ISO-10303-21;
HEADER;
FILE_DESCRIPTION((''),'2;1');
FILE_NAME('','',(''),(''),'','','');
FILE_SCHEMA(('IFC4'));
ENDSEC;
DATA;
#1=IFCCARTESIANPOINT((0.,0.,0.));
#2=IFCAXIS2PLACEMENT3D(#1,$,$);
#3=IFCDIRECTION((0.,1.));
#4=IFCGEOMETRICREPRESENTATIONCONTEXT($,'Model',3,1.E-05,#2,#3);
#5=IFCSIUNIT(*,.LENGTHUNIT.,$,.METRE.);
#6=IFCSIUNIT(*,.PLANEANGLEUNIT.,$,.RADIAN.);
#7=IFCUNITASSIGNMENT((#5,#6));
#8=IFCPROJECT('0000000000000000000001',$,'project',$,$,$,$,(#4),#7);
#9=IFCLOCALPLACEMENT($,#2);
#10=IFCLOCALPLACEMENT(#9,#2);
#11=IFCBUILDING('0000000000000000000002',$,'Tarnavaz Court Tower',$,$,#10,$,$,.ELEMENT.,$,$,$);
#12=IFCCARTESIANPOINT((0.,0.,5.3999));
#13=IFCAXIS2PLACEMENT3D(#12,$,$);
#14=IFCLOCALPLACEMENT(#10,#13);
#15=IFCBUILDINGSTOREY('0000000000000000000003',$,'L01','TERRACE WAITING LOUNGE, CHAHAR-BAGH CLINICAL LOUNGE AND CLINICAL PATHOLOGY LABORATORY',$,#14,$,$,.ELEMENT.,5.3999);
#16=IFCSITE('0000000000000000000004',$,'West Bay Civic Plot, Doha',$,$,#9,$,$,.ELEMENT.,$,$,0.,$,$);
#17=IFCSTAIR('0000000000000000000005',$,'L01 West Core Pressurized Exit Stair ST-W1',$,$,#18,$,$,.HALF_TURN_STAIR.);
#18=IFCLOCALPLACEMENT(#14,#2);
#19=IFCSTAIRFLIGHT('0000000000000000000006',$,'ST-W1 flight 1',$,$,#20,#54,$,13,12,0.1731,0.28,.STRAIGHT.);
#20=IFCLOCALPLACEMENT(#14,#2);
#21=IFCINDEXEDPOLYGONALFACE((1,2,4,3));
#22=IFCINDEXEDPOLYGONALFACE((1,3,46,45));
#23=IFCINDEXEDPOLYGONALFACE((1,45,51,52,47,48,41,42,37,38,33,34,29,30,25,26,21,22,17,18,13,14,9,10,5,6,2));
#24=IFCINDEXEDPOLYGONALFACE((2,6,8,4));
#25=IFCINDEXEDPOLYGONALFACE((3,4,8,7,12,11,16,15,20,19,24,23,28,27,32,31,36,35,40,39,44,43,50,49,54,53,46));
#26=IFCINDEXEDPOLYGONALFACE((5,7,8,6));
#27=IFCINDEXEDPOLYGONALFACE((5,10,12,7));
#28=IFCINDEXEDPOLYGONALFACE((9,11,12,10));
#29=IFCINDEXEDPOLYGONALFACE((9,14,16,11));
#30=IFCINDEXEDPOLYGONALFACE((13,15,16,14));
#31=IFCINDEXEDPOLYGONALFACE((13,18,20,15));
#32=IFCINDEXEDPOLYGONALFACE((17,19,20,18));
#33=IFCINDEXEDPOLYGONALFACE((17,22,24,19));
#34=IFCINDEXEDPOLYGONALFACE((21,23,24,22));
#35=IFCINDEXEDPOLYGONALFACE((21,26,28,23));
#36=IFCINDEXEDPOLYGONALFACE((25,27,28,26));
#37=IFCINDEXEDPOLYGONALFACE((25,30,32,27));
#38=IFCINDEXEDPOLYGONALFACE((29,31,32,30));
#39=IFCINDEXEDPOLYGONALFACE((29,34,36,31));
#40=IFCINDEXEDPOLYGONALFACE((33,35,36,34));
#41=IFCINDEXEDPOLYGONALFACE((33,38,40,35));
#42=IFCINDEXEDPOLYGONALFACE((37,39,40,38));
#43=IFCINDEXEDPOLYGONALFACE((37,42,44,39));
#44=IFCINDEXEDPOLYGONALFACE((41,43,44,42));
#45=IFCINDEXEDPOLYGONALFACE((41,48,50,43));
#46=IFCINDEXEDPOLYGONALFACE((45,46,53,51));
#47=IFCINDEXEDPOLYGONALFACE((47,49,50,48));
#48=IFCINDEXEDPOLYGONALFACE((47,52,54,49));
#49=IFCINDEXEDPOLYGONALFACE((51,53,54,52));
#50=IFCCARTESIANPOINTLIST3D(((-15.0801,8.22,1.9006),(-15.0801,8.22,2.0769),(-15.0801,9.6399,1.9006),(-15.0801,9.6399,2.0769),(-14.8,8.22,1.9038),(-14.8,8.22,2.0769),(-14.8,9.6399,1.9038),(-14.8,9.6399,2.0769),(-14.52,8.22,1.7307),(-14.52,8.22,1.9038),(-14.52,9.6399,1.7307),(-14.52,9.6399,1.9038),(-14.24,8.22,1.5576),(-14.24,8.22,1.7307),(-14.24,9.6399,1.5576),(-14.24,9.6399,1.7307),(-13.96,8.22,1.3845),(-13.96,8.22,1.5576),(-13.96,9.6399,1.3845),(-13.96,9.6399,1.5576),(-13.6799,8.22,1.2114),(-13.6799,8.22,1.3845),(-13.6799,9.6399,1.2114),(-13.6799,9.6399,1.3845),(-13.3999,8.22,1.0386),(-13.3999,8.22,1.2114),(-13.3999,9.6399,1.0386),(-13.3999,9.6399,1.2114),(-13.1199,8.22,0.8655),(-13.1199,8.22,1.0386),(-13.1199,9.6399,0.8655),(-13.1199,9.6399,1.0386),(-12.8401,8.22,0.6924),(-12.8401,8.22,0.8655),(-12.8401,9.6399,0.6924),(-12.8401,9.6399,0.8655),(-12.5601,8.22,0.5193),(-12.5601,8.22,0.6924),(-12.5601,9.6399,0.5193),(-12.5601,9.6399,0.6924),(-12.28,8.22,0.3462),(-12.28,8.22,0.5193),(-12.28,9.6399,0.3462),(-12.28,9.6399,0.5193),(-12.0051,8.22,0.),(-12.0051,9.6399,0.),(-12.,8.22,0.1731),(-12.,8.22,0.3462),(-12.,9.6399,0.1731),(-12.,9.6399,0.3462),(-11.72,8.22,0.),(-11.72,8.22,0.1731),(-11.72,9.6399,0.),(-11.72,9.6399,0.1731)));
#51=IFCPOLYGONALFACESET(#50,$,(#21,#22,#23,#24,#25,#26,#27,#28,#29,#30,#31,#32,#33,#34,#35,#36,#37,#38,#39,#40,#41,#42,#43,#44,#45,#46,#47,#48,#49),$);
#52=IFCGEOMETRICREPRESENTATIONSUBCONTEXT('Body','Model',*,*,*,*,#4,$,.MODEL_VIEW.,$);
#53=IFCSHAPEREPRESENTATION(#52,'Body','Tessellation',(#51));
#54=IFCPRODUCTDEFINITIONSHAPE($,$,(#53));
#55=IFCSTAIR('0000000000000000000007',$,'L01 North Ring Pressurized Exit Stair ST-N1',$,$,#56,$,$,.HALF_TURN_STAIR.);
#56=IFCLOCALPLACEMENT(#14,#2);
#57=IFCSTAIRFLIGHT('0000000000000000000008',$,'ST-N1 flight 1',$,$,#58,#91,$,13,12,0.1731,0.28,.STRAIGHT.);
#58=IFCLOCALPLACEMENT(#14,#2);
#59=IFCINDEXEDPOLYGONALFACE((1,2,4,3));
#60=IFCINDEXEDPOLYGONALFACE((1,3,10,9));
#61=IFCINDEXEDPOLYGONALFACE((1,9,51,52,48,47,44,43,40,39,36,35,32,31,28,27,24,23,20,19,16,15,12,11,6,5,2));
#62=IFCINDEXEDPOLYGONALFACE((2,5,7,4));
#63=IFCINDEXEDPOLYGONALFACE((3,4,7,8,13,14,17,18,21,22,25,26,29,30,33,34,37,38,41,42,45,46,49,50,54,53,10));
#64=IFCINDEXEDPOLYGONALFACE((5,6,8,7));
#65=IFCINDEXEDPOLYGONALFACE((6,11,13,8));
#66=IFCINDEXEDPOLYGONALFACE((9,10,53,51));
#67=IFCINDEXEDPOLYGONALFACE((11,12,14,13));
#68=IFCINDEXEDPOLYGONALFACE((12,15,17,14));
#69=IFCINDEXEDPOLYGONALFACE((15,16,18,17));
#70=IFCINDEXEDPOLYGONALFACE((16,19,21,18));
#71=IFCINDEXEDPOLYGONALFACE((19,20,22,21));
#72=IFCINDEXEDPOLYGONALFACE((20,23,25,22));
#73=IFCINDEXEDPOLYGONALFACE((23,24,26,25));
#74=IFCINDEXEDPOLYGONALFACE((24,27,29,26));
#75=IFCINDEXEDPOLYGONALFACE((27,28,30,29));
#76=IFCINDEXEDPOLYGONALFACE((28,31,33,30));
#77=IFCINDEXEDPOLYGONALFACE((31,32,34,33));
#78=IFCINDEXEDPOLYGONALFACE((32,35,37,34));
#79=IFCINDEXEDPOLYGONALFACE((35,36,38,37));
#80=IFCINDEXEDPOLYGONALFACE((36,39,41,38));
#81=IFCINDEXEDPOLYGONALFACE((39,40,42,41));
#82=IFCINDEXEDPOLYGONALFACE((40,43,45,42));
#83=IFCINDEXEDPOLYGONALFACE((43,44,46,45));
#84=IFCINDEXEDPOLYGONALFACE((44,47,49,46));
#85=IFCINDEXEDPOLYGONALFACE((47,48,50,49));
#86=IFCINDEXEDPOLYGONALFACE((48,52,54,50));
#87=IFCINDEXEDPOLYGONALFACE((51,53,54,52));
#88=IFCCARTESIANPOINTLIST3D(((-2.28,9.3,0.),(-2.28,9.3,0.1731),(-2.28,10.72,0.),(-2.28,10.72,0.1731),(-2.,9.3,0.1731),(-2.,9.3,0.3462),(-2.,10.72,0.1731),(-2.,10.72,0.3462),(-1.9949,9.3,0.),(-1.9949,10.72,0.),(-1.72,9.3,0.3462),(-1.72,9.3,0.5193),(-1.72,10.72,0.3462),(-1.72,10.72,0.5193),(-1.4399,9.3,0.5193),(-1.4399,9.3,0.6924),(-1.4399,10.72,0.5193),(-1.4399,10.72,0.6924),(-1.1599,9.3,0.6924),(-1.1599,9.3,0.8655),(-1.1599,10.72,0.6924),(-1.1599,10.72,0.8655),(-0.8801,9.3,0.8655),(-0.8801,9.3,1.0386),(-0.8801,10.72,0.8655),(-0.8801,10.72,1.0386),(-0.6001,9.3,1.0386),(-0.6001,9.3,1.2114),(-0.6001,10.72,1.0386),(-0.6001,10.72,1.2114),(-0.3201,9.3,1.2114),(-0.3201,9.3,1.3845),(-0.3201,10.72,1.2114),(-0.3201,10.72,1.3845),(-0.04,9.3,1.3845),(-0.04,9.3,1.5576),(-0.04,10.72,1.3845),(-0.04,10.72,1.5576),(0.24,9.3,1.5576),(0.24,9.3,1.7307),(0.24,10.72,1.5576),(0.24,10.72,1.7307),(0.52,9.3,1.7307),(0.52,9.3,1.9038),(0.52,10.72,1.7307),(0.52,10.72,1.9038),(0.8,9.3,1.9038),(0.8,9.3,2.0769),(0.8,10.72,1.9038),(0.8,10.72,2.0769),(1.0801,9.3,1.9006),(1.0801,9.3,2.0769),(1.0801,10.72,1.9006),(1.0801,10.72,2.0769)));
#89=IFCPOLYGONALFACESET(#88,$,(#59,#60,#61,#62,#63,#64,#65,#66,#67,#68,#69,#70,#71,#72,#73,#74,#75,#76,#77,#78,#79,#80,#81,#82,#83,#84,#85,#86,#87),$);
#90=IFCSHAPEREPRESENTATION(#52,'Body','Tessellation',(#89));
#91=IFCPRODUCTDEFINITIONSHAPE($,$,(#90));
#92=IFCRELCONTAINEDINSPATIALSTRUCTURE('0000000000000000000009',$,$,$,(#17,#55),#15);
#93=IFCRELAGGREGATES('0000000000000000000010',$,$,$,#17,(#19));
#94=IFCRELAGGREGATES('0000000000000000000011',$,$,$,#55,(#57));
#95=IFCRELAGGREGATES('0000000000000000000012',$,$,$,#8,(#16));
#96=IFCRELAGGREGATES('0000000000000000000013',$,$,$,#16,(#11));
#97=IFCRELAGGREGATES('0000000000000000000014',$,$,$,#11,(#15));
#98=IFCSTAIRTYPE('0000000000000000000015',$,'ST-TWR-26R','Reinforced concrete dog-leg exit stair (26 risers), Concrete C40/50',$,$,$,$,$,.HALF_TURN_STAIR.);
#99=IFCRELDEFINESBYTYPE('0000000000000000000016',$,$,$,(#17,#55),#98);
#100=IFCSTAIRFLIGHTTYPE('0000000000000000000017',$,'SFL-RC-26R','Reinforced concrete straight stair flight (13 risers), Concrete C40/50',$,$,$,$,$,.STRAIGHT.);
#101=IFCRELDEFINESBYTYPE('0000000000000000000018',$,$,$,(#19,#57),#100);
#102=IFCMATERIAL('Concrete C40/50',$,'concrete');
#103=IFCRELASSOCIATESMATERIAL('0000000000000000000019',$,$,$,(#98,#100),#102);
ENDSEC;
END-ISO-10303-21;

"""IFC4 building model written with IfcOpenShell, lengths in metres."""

from ifc_helpers import new_model, si_unit, direction, frame, origin, place, context, subcontext, project, spatial, polyline, outline, extrude, material, type_object, element, aggregate, save


model = new_model("IFC4")

# Units and contexts
model_context = context("Model", 3, precision=1e-05, world=origin(), true_north=direction((0.0, 1.0)))
body_context = subcontext(model_context, "Body", "Model", "MODEL_VIEW")
ifc_project = project(units=[si_unit("LENGTHUNIT", "METRE"), si_unit("PLANEANGLEUNIT", "RADIAN")], contexts=[model_context])

# Site, building, storey
site_placement = place(None, origin())
site = spatial("IfcSite", under=ifc_project, at=site_placement, Name="West Bay Civic Plot, Doha", CompositionType="ELEMENT", RefElevation=0.0)
building_placement = place(site_placement, origin())
building = spatial("IfcBuilding", under=site, at=building_placement, Name="Tarnavaz Court Tower", CompositionType="ELEMENT")
storey_placement = place(building_placement, frame((0.0, 0.0, 5.3999)))
storey = spatial("IfcBuildingStorey", under=building, at=storey_placement, Name="L01", Description="TERRACE WAITING LOUNGE, CHAHAR-BAGH CLINICAL LOUNGE AND CLINICAL PATHOLOGY LABORATORY", CompositionType="ELEMENT", Elevation=5.3999)

# Stairs, stair flights
ifc_material_1 = material(Name="Concrete C40/50", Category="concrete")
stair_type = type_object("IfcStairType", Name="ST-TWR-26R", Description="Reinforced concrete dog-leg exit stair (26 risers), Concrete C40/50", PredefinedType="HALF_TURN_STAIR", material=ifc_material_1)
stair_1_placement = place(storey_placement, origin())
stair_1 = element("IfcStair", 1, at=stair_1_placement, inside=storey, type_object=stair_type, Name="L01 West Core Pressurized Exit Stair ST-W1", PredefinedType="HALF_TURN_STAIR")
stair_flight_type = type_object("IfcStairFlightType", Name="SFL-RC-26R", Description="Reinforced concrete straight stair flight (13 risers), Concrete C40/50", PredefinedType="STRAIGHT", material=ifc_material_1)
stair_flight_1_placement = place(storey_placement, frame((-11.72, 8.9299, 0.0), z_axis=(0.0, 0.0, 1.0), x_axis=(-1.0, 0.0, 0.0)))
stair_flight_1 = element("IfcStairFlight", 2, at=stair_flight_1_placement, type_object=stair_flight_type, Name="ST-W1 flight 1", NumberOfRisers=13, NumberOfTreads=12, PredefinedType="STRAIGHT", RiserHeight=0.1731, TreadLength=0.28, context=body_context, shape_type="SweptSolid", body=[
    extrude(outline(polyline([(0.0, 0.0), (0.0, 0.1731), (0.28, 0.1731), (0.28, 0.3462), (0.5601, 0.3462), (0.5601, 0.5193), (0.8401, 0.5193), (0.8401, 0.6924), (1.1201, 0.6924), (1.1201, 0.8655), (1.3999, 0.8655), (1.3999, 1.0386), (1.6799, 1.0386), (1.6799, 1.2114), (1.96, 1.2114), (1.96, 1.3845), (2.24, 1.3845), (2.24, 1.5576), (2.52, 1.5576), (2.52, 1.7307), (2.8, 1.7307), (2.8, 1.9038), (3.0801, 1.9038), (3.0801, 2.0769), (3.3601, 2.0769), (3.3601, 2.25), (3.3601, 1.9006), (0.2852, 0.0), (0.0, 0.0)])), frame((0.0, 0.71, 0.0), z_axis=(0.0, -1.0, 0.0), x_axis=(1.0, 0.0, 0.0)), (0.0, 0.0, 1.0), 1.4199),
])
aggregate(stair_1, [stair_flight_1])
stair_2_placement = place(storey_placement, origin())
stair_2 = element("IfcStair", 3, at=stair_2_placement, inside=storey, type_object=stair_type, Name="L01 North Ring Pressurized Exit Stair ST-N1", PredefinedType="HALF_TURN_STAIR")
stair_flight_2_placement = place(storey_placement, frame((-2.28, 10.01, 0.0), z_axis=(0.0, 0.0, 1.0), x_axis=(1.0, 0.0, 0.0)))
stair_flight_2 = element("IfcStairFlight", 4, at=stair_flight_2_placement, type_object=stair_flight_type, Name="ST-N1 flight 1", NumberOfRisers=13, NumberOfTreads=12, PredefinedType="STRAIGHT", RiserHeight=0.1731, TreadLength=0.28, context=body_context, shape_type="SweptSolid", body=[
    extrude(outline(polyline([(0.0, 0.0), (0.0, 0.1731), (0.28, 0.1731), (0.28, 0.3462), (0.5601, 0.3462), (0.5601, 0.5193), (0.8401, 0.5193), (0.8401, 0.6924), (1.1201, 0.6924), (1.1201, 0.8655), (1.3999, 0.8655), (1.3999, 1.0386), (1.6799, 1.0386), (1.6799, 1.2114), (1.96, 1.2114), (1.96, 1.3845), (2.24, 1.3845), (2.24, 1.5576), (2.52, 1.5576), (2.52, 1.7307), (2.8, 1.7307), (2.8, 1.9038), (3.0801, 1.9038), (3.0801, 2.0769), (3.3601, 2.0769), (3.3601, 2.25), (3.3601, 1.9006), (0.2852, 0.0), (0.0, 0.0)])), frame((0.0, 0.71, 0.0), z_axis=(0.0, -1.0, 0.0), x_axis=(1.0, 0.0, 0.0)), (0.0, 0.0, 1.0), 1.4199),
])
aggregate(stair_2, [stair_flight_2])

save(model, "model.ifc")
